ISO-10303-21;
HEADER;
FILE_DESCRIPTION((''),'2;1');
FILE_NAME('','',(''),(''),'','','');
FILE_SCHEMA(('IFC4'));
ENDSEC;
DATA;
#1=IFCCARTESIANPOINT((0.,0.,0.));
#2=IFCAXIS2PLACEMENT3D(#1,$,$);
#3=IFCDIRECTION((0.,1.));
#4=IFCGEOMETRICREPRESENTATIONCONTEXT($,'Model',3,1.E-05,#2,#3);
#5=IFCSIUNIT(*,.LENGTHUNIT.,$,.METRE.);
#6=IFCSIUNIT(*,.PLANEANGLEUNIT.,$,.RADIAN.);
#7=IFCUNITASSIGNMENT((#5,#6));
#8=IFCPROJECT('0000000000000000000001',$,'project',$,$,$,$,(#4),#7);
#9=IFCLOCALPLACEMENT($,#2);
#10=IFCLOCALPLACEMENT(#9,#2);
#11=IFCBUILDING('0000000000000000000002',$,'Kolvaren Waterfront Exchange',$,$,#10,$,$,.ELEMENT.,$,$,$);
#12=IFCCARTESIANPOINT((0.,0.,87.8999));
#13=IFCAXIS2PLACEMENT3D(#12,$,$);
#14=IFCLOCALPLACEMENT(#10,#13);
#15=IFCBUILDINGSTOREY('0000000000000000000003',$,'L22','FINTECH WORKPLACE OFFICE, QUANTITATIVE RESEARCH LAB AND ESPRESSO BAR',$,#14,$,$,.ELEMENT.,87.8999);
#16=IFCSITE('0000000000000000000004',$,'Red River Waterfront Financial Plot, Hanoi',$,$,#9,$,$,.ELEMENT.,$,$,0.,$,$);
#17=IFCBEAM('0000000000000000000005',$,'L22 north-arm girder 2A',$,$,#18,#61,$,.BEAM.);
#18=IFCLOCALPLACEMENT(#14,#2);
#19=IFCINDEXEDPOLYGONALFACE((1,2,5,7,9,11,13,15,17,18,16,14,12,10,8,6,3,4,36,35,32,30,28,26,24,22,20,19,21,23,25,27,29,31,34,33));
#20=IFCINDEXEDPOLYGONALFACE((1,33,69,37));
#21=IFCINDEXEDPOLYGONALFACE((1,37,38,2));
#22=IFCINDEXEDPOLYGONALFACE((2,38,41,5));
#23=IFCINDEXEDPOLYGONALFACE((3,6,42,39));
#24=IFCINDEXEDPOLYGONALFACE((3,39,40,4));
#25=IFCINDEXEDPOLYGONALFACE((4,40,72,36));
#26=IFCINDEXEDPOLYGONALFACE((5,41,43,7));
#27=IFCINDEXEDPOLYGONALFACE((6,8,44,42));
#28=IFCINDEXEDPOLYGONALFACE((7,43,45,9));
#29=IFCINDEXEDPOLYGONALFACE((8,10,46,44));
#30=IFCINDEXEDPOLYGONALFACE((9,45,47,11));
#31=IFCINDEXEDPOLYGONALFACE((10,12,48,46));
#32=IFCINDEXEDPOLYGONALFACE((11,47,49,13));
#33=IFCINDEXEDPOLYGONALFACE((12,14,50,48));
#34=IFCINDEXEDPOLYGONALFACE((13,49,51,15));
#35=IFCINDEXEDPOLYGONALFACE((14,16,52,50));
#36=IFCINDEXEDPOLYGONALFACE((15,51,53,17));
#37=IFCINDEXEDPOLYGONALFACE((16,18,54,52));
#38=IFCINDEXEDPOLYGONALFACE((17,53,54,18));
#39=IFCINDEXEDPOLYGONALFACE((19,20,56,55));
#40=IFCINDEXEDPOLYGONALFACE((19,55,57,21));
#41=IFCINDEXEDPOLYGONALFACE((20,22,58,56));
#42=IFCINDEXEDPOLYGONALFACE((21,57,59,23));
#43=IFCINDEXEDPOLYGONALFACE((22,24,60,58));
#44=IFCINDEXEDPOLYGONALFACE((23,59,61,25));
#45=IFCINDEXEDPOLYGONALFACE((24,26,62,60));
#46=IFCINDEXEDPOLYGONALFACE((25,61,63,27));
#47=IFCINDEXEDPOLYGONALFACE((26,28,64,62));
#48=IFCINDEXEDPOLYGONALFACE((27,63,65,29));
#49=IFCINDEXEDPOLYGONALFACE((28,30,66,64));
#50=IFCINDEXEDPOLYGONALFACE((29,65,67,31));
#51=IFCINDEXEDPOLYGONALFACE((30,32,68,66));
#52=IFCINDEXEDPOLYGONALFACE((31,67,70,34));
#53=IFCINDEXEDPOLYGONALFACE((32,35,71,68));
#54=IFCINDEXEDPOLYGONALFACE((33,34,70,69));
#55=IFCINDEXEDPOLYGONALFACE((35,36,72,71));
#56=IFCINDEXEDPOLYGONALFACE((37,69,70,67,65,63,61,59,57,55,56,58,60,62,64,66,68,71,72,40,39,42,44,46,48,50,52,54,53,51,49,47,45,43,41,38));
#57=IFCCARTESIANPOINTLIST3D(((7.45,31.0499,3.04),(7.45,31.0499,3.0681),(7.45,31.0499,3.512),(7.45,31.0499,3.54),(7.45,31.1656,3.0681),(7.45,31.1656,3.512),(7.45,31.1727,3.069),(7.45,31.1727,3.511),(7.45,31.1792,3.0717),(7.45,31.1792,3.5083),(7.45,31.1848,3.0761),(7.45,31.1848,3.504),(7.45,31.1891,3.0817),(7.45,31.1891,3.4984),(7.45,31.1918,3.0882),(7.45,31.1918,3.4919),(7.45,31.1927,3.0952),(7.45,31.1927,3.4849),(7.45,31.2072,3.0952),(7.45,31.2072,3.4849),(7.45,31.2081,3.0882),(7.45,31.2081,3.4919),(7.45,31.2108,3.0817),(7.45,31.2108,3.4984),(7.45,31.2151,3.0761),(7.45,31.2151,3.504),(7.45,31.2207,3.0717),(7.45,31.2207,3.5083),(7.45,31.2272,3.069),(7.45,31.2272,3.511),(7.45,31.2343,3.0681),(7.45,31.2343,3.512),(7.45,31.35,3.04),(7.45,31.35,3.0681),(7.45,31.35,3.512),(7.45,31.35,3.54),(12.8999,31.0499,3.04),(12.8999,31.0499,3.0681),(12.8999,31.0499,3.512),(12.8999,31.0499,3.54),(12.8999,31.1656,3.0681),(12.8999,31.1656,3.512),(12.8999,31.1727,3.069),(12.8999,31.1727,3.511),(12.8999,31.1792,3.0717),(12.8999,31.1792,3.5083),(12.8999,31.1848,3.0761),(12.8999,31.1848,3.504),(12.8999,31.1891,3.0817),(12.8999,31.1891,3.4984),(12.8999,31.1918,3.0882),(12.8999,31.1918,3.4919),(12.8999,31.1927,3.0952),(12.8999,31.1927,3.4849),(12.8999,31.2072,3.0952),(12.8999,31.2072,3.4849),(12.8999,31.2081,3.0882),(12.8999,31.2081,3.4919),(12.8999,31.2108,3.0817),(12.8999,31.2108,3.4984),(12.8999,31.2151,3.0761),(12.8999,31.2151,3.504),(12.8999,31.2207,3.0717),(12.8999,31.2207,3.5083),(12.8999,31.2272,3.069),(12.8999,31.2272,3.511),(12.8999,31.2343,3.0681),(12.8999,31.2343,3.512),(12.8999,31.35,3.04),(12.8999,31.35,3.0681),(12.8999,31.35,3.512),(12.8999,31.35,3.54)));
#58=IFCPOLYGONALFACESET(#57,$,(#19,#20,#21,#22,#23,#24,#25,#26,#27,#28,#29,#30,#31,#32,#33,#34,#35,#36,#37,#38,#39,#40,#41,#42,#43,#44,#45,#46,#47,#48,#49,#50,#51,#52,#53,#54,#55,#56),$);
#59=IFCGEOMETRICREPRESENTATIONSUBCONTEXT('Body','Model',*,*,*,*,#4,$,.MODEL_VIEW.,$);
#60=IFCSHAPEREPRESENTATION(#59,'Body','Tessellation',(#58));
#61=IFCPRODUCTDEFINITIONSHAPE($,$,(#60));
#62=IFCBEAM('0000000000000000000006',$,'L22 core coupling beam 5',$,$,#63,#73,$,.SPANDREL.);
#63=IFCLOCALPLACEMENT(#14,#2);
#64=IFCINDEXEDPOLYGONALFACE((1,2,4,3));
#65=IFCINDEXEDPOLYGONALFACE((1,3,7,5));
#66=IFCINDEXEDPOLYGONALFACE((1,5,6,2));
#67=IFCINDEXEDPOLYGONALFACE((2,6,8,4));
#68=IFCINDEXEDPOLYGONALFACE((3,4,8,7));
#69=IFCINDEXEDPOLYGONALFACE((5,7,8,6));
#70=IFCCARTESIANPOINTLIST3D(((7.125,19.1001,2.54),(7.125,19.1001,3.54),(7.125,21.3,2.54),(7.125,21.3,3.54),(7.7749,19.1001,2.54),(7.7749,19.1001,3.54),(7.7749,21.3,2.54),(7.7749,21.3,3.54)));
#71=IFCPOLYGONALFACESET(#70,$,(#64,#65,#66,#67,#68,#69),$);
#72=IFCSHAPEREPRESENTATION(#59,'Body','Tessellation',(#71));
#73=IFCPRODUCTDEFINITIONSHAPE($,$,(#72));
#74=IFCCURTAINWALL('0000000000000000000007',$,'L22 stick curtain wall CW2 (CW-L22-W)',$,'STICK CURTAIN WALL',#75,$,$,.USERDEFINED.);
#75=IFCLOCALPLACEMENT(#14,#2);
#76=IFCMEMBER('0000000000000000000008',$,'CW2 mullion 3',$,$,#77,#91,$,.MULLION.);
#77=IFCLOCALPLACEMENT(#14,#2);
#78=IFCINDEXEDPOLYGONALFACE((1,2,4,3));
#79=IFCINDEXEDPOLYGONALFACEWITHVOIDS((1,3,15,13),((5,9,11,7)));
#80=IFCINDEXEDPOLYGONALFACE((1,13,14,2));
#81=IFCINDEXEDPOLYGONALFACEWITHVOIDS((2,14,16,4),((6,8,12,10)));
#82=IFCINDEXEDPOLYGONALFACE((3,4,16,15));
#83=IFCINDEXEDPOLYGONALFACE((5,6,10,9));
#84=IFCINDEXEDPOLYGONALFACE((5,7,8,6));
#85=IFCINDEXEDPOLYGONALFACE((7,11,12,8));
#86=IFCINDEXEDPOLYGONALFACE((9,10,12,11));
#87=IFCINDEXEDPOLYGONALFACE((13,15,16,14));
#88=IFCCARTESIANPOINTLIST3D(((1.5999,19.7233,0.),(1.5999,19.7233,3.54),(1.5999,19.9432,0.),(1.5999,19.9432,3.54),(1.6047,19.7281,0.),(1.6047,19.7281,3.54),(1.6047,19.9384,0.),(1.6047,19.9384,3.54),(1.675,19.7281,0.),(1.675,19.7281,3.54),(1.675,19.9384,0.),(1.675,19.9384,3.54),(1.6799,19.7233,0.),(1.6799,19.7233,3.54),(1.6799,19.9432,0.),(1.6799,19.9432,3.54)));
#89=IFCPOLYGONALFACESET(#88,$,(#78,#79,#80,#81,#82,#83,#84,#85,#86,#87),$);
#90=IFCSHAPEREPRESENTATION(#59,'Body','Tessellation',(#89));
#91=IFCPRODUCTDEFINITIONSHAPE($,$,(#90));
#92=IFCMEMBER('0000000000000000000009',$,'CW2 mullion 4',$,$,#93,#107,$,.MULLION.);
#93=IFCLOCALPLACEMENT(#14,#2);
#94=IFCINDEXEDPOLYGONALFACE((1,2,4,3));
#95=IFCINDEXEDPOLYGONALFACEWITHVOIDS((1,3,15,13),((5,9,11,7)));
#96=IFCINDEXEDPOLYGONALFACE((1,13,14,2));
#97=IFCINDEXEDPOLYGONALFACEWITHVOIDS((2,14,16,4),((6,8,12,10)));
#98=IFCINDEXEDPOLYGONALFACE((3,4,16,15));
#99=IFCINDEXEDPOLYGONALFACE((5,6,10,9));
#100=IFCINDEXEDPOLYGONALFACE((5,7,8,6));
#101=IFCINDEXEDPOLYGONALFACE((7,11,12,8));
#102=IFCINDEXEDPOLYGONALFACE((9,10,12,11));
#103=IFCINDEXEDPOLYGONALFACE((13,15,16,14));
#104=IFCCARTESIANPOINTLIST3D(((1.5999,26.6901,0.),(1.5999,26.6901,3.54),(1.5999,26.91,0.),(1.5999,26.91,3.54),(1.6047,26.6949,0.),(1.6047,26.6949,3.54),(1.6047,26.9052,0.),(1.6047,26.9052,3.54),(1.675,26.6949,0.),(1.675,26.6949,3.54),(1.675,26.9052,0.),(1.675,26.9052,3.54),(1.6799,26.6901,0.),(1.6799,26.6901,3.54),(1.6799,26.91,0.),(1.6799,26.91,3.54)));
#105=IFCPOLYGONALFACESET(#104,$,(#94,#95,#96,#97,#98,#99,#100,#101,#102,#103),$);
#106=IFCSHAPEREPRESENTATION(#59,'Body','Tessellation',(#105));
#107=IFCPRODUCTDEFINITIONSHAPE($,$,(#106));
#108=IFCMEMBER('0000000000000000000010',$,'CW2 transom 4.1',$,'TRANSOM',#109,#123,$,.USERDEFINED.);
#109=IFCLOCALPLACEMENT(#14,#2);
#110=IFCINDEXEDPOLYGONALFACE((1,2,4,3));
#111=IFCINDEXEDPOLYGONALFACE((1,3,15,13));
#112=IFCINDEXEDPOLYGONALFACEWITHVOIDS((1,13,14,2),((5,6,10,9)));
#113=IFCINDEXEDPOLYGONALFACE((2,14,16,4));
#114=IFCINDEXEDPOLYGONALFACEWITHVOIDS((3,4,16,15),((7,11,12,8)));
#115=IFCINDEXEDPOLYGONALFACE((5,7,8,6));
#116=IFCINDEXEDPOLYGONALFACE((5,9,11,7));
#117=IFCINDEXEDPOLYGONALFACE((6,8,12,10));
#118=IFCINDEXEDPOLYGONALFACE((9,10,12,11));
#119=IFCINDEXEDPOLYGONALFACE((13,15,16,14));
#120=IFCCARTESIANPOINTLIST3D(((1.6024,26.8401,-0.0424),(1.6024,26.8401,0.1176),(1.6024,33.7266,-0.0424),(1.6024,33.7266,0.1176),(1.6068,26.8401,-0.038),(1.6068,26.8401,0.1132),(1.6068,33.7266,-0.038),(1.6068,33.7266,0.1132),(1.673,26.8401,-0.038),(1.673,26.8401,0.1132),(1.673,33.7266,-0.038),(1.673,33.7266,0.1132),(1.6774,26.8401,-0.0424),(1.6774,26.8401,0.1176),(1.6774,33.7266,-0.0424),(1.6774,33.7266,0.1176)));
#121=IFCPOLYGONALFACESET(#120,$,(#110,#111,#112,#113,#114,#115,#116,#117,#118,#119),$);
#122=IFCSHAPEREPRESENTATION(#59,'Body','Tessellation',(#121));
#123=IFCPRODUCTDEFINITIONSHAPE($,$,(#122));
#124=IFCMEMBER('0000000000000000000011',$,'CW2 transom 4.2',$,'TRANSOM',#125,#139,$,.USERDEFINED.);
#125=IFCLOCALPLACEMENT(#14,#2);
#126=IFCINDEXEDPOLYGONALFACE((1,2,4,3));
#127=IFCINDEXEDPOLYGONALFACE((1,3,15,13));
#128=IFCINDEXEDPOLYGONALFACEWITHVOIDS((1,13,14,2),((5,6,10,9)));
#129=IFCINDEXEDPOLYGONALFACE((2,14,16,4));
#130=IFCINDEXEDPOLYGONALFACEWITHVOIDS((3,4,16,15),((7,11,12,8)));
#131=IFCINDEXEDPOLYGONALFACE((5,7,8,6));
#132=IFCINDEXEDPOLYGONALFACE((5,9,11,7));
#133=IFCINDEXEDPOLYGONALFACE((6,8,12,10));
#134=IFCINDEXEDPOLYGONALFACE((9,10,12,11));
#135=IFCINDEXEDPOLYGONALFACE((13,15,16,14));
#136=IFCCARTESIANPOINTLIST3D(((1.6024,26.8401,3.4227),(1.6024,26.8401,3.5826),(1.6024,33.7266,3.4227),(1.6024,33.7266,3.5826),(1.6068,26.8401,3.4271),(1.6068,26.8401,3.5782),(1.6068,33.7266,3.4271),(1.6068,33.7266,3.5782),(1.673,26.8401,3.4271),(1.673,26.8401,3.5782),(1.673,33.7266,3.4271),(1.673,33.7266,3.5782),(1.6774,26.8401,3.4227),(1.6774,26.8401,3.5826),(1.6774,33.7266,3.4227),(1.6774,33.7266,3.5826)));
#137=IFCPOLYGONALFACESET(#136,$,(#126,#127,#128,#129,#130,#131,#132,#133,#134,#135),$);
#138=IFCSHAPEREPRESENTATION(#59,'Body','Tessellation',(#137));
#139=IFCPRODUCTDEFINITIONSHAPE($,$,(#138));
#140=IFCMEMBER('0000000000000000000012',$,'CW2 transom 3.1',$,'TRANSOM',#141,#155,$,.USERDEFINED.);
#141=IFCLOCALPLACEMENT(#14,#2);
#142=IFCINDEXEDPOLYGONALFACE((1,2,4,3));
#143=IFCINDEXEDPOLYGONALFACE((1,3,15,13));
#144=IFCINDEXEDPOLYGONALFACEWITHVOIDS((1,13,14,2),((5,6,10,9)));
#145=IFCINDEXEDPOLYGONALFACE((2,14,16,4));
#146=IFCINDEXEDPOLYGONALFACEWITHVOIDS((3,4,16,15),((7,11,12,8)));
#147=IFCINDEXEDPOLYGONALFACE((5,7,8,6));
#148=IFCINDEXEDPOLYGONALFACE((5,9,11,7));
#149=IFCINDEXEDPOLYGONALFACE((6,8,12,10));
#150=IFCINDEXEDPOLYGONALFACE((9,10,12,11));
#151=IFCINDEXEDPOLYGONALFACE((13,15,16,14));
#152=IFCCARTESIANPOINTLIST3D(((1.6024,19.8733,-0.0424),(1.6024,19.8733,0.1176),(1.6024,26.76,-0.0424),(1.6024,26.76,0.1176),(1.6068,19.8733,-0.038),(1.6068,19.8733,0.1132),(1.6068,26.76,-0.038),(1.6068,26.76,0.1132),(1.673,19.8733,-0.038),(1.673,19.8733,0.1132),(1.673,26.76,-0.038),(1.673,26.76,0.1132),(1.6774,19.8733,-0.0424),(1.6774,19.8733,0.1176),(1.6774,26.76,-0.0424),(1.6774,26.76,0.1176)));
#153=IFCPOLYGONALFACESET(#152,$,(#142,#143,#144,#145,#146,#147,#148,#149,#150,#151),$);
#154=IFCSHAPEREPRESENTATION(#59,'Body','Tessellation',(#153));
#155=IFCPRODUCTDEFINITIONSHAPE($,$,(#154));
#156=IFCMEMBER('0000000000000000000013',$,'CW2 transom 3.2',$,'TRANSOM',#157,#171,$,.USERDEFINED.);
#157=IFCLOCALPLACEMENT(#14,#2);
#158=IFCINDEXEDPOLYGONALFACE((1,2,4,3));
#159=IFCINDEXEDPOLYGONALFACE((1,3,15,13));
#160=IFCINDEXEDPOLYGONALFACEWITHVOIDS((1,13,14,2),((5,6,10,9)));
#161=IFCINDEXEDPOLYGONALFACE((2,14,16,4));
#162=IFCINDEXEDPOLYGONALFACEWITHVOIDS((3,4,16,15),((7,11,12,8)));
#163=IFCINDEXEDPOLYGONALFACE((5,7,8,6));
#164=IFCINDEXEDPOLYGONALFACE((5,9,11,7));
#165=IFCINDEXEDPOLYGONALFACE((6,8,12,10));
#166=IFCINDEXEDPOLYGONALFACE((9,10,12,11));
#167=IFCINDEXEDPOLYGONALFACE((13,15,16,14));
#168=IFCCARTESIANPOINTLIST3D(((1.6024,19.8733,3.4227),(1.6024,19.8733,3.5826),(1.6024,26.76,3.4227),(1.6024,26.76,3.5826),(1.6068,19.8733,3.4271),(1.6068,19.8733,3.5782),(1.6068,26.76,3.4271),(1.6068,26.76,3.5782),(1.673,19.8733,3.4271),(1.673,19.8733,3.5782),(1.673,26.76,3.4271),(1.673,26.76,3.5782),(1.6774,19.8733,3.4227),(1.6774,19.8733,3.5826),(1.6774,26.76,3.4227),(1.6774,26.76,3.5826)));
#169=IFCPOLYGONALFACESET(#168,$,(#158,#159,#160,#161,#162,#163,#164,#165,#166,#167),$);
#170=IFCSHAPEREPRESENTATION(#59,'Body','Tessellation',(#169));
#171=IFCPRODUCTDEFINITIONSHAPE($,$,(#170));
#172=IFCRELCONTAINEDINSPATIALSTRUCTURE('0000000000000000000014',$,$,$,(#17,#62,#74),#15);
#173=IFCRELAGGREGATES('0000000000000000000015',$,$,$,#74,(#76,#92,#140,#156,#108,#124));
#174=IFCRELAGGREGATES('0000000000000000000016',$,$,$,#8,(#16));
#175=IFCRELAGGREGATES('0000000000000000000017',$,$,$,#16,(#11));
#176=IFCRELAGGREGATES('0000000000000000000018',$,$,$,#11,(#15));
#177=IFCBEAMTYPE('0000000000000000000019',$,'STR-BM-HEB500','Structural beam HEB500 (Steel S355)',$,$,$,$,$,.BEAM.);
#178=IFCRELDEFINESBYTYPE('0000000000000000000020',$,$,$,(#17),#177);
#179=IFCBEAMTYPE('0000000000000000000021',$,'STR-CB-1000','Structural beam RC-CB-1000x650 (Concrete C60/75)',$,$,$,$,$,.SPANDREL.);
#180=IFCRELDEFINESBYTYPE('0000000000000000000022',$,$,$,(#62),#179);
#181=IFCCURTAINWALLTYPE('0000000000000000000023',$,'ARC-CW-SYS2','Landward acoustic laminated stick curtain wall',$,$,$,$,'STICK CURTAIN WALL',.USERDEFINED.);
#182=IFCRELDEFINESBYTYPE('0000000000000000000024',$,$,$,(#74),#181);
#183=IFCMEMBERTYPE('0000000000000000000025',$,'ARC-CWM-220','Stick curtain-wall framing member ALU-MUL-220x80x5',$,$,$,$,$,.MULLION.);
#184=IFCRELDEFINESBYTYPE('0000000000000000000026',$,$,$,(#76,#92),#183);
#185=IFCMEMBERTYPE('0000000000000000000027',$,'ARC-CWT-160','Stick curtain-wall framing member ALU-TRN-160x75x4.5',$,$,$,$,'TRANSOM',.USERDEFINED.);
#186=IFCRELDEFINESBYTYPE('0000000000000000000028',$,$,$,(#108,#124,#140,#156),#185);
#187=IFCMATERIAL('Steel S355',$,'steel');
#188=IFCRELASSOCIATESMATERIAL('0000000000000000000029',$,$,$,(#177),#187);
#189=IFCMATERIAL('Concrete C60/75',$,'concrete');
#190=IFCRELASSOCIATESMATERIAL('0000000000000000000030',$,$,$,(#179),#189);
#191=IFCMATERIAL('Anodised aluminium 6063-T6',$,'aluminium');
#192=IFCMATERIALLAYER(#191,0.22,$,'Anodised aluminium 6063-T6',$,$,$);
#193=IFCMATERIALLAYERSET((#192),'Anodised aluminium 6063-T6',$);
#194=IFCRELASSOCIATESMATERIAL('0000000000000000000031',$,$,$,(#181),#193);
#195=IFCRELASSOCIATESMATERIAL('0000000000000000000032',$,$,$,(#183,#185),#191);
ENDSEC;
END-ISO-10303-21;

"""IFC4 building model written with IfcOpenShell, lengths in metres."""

from ifc_helpers import new_model, si_unit, direction, frame, origin, origin_with_axes, origin_2d, place, context, subcontext, project, spatial, rectangle, hollow_rectangle, i_section, extrude, source, transform, mapped, material, layer, layer_set, material_profile, profile_set, type_object, element, aggregate, save


model = new_model("IFC4")

# Units and contexts
model_context = context("Model", 3, precision=1e-05, world=origin(), true_north=direction((0.0, 1.0)))
body_context = subcontext(model_context, "Body", "Model", "MODEL_VIEW")
ifc_project = project(units=[si_unit("LENGTHUNIT", "METRE"), si_unit("PLANEANGLEUNIT", "RADIAN")], contexts=[model_context])

# Site, building, storey
site_placement = place(None, origin())
site = spatial("IfcSite", under=ifc_project, at=site_placement, Name="Red River Waterfront Financial Plot, Hanoi", CompositionType="ELEMENT", RefElevation=0.0)
building_placement = place(site_placement, origin())
building = spatial("IfcBuilding", under=site, at=building_placement, Name="Kolvaren Waterfront Exchange", CompositionType="ELEMENT")
storey_placement = place(building_placement, frame((0.0, 0.0, 87.8999)))
storey = spatial("IfcBuildingStorey", under=building, at=storey_placement, Name="L22", Description="FINTECH WORKPLACE OFFICE, QUANTITATIVE RESEARCH LAB AND ESPRESSO BAR", CompositionType="ELEMENT", Elevation=87.8999)

# Shared definitions
ifc_material_1 = material(Name="Concrete C60/75", Category="concrete")

# Beams
ifc_material_2 = material(Name="Steel S355", Category="steel")
ifc_material_profile_1 = material_profile(ifc_material_2, i_section(OverallWidth=0.3, OverallDepth=0.5, WebThickness=0.0144, FlangeThickness=0.0281, FilletRadius=0.0271, at=origin_2d()), Name="HEB500")
ifc_profile_set_1 = profile_set([ifc_material_profile_1], Name="Steel S355")
beam_type_1 = type_object("IfcBeamType", Name="STR-BM-HEB500", Description="Structural beam HEB500 (Steel S355)", PredefinedType="BEAM", material=ifc_profile_set_1)
for number, where, z_axis, x_axis, name in (
    (1, (7.45, 31.2, 3.29), (1.0, 0.0, 0.0), (0.0, 1.0, 0.0), "L22 north-arm girder 2A"),
):
    element("IfcBeam", number, at=place(storey_placement, frame(where, z_axis=z_axis, x_axis=x_axis)), inside=storey, type_object=beam_type_1, Name=name, PredefinedType="BEAM", context=body_context, shape_type="SweptSolid", body=[
        extrude(i_section(OverallWidth=0.3, OverallDepth=0.5, WebThickness=0.0144, FlangeThickness=0.0281, FilletRadius=0.0271, at=origin_2d()), origin(), (0.0, 0.0, 1.0), 5.45),
    ])
ifc_material_profile_2 = material_profile(ifc_material_1, rectangle(XDim=0.6499, YDim=1.0, at=origin_2d()), Name="RC-CB-1000x650")
ifc_profile_set_2 = profile_set([ifc_material_profile_2], Name="Concrete C60/75")
beam_type_2 = type_object("IfcBeamType", Name="STR-CB-1000", Description="Structural beam RC-CB-1000x650 (Concrete C60/75)", PredefinedType="SPANDREL", material=ifc_profile_set_2)
beam_1_placement = place(storey_placement, frame((7.45, 19.1001, 3.04), z_axis=(0.0, 1.0, 0.0), x_axis=(-1.0, 0.0, 0.0)))
element("IfcBeam", 2, at=beam_1_placement, inside=storey, type_object=beam_type_2, Name="L22 core coupling beam 5", PredefinedType="SPANDREL", context=body_context, shape_type="SweptSolid", body=[
    extrude(rectangle(XDim=0.6499, YDim=1.0, at=origin_2d()), origin(), (0.0, 0.0, 1.0), 2.2),
])

# Curtain wall, members
ifc_material_3 = material(Name="Anodised aluminium 6063-T6", Category="aluminium")
ifc_layer_1 = layer(ifc_material_3, 0.22, Name="Anodised aluminium 6063-T6")
ifc_layer_set_1 = layer_set([ifc_layer_1], Name="Anodised aluminium 6063-T6")
curtain_wall_type = type_object("IfcCurtainWallType", Name="ARC-CW-SYS2", Description="Landward acoustic laminated stick curtain wall", ElementType="STICK CURTAIN WALL", PredefinedType="USERDEFINED", material=ifc_layer_set_1)
curtain_wall_placement = place(storey_placement, origin())
curtain_wall = element("IfcCurtainWall", 3, at=curtain_wall_placement, inside=storey, type_object=curtain_wall_type, Name="L22 stick curtain wall CW2 (CW-L22-W)", ObjectType="STICK CURTAIN WALL", PredefinedType="USERDEFINED")
ifc_material_profile_3 = material_profile(ifc_material_3, hollow_rectangle(XDim=0.0801, YDim=0.22, WallThickness=0.0049, at=origin_2d()), Name="ALU-MUL-220x80x5")
ifc_profile_set_3 = profile_set([ifc_material_profile_3], Name="Anodised aluminium 6063-T6")
member_type_1 = type_object("IfcMemberType", Name="ARC-CWM-220", Description="Stick curtain-wall framing member ALU-MUL-220x80x5", PredefinedType="MULLION", material=ifc_profile_set_3)
shared_shape_1 = source(origin_with_axes(), body_context, "Body", "SweptSolid", [
    extrude(hollow_rectangle(XDim=0.0801, YDim=0.22, WallThickness=0.0049, at=origin_2d()), origin(), (0.0, 0.0, 1.0), 3.54),
])
member_1_placement = place(storey_placement, frame((1.6399, 19.8333, 0.0), z_axis=(0.0, 0.0, 1.0), x_axis=(-1.0, 0.0, 0.0)))
member_1 = element("IfcMember", 4, at=member_1_placement, type_object=member_type_1, Name="CW2 mullion 3", PredefinedType="MULLION", context=body_context, shape_type="MappedRepresentation", body=[
    mapped(shared_shape_1, transform((0.0, 0.0, 0.0), x_axis=(1.0, 0.0, 0.0), y_axis=(0.0, 1.0, 0.0), z_axis=(0.0, 0.0, 1.0), scale=1.0)),
])
member_2_placement = place(storey_placement, frame((1.6399, 26.8, 0.0), z_axis=(0.0, 0.0, 1.0), x_axis=(-1.0, 0.0, 0.0)))
member_2 = element("IfcMember", 5, at=member_2_placement, type_object=member_type_1, Name="CW2 mullion 4", PredefinedType="MULLION", context=body_context, shape_type="MappedRepresentation", body=[
    mapped(shared_shape_1, transform((0.0, 0.0, 0.0), x_axis=(1.0, 0.0, 0.0), y_axis=(0.0, 1.0, 0.0), z_axis=(0.0, 0.0, 1.0), scale=1.0)),
])
ifc_material_profile_4 = material_profile(ifc_material_3, hollow_rectangle(XDim=0.075, YDim=0.1599, WallThickness=0.0044, at=origin_2d()), Name="ALU-TRN-160x75x4.5")
ifc_profile_set_4 = profile_set([ifc_material_profile_4], Name="Anodised aluminium 6063-T6")
member_type_2 = type_object("IfcMemberType", Name="ARC-CWT-160", Description="Stick curtain-wall framing member ALU-TRN-160x75x4.5", ElementType="TRANSOM", PredefinedType="USERDEFINED", material=ifc_profile_set_4)
shared_shape_2 = source(origin_with_axes(), body_context, "Body", "SweptSolid", [
    extrude(hollow_rectangle(XDim=0.075, YDim=0.1599, WallThickness=0.0044, at=origin_2d()), origin(), (0.0, 0.0, 1.0), 6.8865),
])
member_3_placement = place(storey_placement, frame((1.6399, 26.8401, 0.0376), z_axis=(0.0, 1.0, 0.0), x_axis=(-1.0, 0.0, 0.0)))
member_3 = element("IfcMember", 6, at=member_3_placement, type_object=member_type_2, Name="CW2 transom 4.1", ObjectType="TRANSOM", PredefinedType="USERDEFINED", context=body_context, shape_type="MappedRepresentation", body=[
    mapped(shared_shape_2, transform((0.0, 0.0, 0.0), x_axis=(1.0, 0.0, 0.0), y_axis=(0.0, 1.0, 0.0), z_axis=(0.0, 0.0, 1.0), scale=1.0)),
])
member_4_placement = place(storey_placement, frame((1.6399, 26.8401, 3.5027), z_axis=(0.0, 1.0, 0.0), x_axis=(-1.0, 0.0, 0.0)))
member_4 = element("IfcMember", 7, at=member_4_placement, type_object=member_type_2, Name="CW2 transom 4.2", ObjectType="TRANSOM", PredefinedType="USERDEFINED", context=body_context, shape_type="MappedRepresentation", body=[
    mapped(shared_shape_2, transform((0.0, 0.0, 0.0), x_axis=(1.0, 0.0, 0.0), y_axis=(0.0, 1.0, 0.0), z_axis=(0.0, 0.0, 1.0), scale=1.0)),
])
shared_shape_3 = source(origin_with_axes(), body_context, "Body", "SweptSolid", [
    extrude(hollow_rectangle(XDim=0.075, YDim=0.1599, WallThickness=0.0044, at=origin_2d()), origin(), (0.0, 0.0, 1.0), 6.8867),
])
member_5_placement = place(storey_placement, frame((1.6399, 19.8733, 0.0376), z_axis=(0.0, 1.0, 0.0), x_axis=(-1.0, 0.0, 0.0)))
member_5 = element("IfcMember", 8, at=member_5_placement, type_object=member_type_2, Name="CW2 transom 3.1", ObjectType="TRANSOM", PredefinedType="USERDEFINED", context=body_context, shape_type="MappedRepresentation", body=[
    mapped(shared_shape_3, transform((0.0, 0.0, 0.0), x_axis=(1.0, 0.0, 0.0), y_axis=(0.0, 1.0, 0.0), z_axis=(0.0, 0.0, 1.0), scale=1.0)),
])
member_6_placement = place(storey_placement, frame((1.6399, 19.8733, 3.5027), z_axis=(0.0, 1.0, 0.0), x_axis=(-1.0, 0.0, 0.0)))
member_6 = element("IfcMember", 9, at=member_6_placement, type_object=member_type_2, Name="CW2 transom 3.2", ObjectType="TRANSOM", PredefinedType="USERDEFINED", context=body_context, shape_type="MappedRepresentation", body=[
    mapped(shared_shape_3, transform((0.0, 0.0, 0.0), x_axis=(1.0, 0.0, 0.0), y_axis=(0.0, 1.0, 0.0), z_axis=(0.0, 0.0, 1.0), scale=1.0)),
])
aggregate(curtain_wall, [member_1, member_2, member_5, member_6, member_3, member_4])

save(model, "model.ifc")
